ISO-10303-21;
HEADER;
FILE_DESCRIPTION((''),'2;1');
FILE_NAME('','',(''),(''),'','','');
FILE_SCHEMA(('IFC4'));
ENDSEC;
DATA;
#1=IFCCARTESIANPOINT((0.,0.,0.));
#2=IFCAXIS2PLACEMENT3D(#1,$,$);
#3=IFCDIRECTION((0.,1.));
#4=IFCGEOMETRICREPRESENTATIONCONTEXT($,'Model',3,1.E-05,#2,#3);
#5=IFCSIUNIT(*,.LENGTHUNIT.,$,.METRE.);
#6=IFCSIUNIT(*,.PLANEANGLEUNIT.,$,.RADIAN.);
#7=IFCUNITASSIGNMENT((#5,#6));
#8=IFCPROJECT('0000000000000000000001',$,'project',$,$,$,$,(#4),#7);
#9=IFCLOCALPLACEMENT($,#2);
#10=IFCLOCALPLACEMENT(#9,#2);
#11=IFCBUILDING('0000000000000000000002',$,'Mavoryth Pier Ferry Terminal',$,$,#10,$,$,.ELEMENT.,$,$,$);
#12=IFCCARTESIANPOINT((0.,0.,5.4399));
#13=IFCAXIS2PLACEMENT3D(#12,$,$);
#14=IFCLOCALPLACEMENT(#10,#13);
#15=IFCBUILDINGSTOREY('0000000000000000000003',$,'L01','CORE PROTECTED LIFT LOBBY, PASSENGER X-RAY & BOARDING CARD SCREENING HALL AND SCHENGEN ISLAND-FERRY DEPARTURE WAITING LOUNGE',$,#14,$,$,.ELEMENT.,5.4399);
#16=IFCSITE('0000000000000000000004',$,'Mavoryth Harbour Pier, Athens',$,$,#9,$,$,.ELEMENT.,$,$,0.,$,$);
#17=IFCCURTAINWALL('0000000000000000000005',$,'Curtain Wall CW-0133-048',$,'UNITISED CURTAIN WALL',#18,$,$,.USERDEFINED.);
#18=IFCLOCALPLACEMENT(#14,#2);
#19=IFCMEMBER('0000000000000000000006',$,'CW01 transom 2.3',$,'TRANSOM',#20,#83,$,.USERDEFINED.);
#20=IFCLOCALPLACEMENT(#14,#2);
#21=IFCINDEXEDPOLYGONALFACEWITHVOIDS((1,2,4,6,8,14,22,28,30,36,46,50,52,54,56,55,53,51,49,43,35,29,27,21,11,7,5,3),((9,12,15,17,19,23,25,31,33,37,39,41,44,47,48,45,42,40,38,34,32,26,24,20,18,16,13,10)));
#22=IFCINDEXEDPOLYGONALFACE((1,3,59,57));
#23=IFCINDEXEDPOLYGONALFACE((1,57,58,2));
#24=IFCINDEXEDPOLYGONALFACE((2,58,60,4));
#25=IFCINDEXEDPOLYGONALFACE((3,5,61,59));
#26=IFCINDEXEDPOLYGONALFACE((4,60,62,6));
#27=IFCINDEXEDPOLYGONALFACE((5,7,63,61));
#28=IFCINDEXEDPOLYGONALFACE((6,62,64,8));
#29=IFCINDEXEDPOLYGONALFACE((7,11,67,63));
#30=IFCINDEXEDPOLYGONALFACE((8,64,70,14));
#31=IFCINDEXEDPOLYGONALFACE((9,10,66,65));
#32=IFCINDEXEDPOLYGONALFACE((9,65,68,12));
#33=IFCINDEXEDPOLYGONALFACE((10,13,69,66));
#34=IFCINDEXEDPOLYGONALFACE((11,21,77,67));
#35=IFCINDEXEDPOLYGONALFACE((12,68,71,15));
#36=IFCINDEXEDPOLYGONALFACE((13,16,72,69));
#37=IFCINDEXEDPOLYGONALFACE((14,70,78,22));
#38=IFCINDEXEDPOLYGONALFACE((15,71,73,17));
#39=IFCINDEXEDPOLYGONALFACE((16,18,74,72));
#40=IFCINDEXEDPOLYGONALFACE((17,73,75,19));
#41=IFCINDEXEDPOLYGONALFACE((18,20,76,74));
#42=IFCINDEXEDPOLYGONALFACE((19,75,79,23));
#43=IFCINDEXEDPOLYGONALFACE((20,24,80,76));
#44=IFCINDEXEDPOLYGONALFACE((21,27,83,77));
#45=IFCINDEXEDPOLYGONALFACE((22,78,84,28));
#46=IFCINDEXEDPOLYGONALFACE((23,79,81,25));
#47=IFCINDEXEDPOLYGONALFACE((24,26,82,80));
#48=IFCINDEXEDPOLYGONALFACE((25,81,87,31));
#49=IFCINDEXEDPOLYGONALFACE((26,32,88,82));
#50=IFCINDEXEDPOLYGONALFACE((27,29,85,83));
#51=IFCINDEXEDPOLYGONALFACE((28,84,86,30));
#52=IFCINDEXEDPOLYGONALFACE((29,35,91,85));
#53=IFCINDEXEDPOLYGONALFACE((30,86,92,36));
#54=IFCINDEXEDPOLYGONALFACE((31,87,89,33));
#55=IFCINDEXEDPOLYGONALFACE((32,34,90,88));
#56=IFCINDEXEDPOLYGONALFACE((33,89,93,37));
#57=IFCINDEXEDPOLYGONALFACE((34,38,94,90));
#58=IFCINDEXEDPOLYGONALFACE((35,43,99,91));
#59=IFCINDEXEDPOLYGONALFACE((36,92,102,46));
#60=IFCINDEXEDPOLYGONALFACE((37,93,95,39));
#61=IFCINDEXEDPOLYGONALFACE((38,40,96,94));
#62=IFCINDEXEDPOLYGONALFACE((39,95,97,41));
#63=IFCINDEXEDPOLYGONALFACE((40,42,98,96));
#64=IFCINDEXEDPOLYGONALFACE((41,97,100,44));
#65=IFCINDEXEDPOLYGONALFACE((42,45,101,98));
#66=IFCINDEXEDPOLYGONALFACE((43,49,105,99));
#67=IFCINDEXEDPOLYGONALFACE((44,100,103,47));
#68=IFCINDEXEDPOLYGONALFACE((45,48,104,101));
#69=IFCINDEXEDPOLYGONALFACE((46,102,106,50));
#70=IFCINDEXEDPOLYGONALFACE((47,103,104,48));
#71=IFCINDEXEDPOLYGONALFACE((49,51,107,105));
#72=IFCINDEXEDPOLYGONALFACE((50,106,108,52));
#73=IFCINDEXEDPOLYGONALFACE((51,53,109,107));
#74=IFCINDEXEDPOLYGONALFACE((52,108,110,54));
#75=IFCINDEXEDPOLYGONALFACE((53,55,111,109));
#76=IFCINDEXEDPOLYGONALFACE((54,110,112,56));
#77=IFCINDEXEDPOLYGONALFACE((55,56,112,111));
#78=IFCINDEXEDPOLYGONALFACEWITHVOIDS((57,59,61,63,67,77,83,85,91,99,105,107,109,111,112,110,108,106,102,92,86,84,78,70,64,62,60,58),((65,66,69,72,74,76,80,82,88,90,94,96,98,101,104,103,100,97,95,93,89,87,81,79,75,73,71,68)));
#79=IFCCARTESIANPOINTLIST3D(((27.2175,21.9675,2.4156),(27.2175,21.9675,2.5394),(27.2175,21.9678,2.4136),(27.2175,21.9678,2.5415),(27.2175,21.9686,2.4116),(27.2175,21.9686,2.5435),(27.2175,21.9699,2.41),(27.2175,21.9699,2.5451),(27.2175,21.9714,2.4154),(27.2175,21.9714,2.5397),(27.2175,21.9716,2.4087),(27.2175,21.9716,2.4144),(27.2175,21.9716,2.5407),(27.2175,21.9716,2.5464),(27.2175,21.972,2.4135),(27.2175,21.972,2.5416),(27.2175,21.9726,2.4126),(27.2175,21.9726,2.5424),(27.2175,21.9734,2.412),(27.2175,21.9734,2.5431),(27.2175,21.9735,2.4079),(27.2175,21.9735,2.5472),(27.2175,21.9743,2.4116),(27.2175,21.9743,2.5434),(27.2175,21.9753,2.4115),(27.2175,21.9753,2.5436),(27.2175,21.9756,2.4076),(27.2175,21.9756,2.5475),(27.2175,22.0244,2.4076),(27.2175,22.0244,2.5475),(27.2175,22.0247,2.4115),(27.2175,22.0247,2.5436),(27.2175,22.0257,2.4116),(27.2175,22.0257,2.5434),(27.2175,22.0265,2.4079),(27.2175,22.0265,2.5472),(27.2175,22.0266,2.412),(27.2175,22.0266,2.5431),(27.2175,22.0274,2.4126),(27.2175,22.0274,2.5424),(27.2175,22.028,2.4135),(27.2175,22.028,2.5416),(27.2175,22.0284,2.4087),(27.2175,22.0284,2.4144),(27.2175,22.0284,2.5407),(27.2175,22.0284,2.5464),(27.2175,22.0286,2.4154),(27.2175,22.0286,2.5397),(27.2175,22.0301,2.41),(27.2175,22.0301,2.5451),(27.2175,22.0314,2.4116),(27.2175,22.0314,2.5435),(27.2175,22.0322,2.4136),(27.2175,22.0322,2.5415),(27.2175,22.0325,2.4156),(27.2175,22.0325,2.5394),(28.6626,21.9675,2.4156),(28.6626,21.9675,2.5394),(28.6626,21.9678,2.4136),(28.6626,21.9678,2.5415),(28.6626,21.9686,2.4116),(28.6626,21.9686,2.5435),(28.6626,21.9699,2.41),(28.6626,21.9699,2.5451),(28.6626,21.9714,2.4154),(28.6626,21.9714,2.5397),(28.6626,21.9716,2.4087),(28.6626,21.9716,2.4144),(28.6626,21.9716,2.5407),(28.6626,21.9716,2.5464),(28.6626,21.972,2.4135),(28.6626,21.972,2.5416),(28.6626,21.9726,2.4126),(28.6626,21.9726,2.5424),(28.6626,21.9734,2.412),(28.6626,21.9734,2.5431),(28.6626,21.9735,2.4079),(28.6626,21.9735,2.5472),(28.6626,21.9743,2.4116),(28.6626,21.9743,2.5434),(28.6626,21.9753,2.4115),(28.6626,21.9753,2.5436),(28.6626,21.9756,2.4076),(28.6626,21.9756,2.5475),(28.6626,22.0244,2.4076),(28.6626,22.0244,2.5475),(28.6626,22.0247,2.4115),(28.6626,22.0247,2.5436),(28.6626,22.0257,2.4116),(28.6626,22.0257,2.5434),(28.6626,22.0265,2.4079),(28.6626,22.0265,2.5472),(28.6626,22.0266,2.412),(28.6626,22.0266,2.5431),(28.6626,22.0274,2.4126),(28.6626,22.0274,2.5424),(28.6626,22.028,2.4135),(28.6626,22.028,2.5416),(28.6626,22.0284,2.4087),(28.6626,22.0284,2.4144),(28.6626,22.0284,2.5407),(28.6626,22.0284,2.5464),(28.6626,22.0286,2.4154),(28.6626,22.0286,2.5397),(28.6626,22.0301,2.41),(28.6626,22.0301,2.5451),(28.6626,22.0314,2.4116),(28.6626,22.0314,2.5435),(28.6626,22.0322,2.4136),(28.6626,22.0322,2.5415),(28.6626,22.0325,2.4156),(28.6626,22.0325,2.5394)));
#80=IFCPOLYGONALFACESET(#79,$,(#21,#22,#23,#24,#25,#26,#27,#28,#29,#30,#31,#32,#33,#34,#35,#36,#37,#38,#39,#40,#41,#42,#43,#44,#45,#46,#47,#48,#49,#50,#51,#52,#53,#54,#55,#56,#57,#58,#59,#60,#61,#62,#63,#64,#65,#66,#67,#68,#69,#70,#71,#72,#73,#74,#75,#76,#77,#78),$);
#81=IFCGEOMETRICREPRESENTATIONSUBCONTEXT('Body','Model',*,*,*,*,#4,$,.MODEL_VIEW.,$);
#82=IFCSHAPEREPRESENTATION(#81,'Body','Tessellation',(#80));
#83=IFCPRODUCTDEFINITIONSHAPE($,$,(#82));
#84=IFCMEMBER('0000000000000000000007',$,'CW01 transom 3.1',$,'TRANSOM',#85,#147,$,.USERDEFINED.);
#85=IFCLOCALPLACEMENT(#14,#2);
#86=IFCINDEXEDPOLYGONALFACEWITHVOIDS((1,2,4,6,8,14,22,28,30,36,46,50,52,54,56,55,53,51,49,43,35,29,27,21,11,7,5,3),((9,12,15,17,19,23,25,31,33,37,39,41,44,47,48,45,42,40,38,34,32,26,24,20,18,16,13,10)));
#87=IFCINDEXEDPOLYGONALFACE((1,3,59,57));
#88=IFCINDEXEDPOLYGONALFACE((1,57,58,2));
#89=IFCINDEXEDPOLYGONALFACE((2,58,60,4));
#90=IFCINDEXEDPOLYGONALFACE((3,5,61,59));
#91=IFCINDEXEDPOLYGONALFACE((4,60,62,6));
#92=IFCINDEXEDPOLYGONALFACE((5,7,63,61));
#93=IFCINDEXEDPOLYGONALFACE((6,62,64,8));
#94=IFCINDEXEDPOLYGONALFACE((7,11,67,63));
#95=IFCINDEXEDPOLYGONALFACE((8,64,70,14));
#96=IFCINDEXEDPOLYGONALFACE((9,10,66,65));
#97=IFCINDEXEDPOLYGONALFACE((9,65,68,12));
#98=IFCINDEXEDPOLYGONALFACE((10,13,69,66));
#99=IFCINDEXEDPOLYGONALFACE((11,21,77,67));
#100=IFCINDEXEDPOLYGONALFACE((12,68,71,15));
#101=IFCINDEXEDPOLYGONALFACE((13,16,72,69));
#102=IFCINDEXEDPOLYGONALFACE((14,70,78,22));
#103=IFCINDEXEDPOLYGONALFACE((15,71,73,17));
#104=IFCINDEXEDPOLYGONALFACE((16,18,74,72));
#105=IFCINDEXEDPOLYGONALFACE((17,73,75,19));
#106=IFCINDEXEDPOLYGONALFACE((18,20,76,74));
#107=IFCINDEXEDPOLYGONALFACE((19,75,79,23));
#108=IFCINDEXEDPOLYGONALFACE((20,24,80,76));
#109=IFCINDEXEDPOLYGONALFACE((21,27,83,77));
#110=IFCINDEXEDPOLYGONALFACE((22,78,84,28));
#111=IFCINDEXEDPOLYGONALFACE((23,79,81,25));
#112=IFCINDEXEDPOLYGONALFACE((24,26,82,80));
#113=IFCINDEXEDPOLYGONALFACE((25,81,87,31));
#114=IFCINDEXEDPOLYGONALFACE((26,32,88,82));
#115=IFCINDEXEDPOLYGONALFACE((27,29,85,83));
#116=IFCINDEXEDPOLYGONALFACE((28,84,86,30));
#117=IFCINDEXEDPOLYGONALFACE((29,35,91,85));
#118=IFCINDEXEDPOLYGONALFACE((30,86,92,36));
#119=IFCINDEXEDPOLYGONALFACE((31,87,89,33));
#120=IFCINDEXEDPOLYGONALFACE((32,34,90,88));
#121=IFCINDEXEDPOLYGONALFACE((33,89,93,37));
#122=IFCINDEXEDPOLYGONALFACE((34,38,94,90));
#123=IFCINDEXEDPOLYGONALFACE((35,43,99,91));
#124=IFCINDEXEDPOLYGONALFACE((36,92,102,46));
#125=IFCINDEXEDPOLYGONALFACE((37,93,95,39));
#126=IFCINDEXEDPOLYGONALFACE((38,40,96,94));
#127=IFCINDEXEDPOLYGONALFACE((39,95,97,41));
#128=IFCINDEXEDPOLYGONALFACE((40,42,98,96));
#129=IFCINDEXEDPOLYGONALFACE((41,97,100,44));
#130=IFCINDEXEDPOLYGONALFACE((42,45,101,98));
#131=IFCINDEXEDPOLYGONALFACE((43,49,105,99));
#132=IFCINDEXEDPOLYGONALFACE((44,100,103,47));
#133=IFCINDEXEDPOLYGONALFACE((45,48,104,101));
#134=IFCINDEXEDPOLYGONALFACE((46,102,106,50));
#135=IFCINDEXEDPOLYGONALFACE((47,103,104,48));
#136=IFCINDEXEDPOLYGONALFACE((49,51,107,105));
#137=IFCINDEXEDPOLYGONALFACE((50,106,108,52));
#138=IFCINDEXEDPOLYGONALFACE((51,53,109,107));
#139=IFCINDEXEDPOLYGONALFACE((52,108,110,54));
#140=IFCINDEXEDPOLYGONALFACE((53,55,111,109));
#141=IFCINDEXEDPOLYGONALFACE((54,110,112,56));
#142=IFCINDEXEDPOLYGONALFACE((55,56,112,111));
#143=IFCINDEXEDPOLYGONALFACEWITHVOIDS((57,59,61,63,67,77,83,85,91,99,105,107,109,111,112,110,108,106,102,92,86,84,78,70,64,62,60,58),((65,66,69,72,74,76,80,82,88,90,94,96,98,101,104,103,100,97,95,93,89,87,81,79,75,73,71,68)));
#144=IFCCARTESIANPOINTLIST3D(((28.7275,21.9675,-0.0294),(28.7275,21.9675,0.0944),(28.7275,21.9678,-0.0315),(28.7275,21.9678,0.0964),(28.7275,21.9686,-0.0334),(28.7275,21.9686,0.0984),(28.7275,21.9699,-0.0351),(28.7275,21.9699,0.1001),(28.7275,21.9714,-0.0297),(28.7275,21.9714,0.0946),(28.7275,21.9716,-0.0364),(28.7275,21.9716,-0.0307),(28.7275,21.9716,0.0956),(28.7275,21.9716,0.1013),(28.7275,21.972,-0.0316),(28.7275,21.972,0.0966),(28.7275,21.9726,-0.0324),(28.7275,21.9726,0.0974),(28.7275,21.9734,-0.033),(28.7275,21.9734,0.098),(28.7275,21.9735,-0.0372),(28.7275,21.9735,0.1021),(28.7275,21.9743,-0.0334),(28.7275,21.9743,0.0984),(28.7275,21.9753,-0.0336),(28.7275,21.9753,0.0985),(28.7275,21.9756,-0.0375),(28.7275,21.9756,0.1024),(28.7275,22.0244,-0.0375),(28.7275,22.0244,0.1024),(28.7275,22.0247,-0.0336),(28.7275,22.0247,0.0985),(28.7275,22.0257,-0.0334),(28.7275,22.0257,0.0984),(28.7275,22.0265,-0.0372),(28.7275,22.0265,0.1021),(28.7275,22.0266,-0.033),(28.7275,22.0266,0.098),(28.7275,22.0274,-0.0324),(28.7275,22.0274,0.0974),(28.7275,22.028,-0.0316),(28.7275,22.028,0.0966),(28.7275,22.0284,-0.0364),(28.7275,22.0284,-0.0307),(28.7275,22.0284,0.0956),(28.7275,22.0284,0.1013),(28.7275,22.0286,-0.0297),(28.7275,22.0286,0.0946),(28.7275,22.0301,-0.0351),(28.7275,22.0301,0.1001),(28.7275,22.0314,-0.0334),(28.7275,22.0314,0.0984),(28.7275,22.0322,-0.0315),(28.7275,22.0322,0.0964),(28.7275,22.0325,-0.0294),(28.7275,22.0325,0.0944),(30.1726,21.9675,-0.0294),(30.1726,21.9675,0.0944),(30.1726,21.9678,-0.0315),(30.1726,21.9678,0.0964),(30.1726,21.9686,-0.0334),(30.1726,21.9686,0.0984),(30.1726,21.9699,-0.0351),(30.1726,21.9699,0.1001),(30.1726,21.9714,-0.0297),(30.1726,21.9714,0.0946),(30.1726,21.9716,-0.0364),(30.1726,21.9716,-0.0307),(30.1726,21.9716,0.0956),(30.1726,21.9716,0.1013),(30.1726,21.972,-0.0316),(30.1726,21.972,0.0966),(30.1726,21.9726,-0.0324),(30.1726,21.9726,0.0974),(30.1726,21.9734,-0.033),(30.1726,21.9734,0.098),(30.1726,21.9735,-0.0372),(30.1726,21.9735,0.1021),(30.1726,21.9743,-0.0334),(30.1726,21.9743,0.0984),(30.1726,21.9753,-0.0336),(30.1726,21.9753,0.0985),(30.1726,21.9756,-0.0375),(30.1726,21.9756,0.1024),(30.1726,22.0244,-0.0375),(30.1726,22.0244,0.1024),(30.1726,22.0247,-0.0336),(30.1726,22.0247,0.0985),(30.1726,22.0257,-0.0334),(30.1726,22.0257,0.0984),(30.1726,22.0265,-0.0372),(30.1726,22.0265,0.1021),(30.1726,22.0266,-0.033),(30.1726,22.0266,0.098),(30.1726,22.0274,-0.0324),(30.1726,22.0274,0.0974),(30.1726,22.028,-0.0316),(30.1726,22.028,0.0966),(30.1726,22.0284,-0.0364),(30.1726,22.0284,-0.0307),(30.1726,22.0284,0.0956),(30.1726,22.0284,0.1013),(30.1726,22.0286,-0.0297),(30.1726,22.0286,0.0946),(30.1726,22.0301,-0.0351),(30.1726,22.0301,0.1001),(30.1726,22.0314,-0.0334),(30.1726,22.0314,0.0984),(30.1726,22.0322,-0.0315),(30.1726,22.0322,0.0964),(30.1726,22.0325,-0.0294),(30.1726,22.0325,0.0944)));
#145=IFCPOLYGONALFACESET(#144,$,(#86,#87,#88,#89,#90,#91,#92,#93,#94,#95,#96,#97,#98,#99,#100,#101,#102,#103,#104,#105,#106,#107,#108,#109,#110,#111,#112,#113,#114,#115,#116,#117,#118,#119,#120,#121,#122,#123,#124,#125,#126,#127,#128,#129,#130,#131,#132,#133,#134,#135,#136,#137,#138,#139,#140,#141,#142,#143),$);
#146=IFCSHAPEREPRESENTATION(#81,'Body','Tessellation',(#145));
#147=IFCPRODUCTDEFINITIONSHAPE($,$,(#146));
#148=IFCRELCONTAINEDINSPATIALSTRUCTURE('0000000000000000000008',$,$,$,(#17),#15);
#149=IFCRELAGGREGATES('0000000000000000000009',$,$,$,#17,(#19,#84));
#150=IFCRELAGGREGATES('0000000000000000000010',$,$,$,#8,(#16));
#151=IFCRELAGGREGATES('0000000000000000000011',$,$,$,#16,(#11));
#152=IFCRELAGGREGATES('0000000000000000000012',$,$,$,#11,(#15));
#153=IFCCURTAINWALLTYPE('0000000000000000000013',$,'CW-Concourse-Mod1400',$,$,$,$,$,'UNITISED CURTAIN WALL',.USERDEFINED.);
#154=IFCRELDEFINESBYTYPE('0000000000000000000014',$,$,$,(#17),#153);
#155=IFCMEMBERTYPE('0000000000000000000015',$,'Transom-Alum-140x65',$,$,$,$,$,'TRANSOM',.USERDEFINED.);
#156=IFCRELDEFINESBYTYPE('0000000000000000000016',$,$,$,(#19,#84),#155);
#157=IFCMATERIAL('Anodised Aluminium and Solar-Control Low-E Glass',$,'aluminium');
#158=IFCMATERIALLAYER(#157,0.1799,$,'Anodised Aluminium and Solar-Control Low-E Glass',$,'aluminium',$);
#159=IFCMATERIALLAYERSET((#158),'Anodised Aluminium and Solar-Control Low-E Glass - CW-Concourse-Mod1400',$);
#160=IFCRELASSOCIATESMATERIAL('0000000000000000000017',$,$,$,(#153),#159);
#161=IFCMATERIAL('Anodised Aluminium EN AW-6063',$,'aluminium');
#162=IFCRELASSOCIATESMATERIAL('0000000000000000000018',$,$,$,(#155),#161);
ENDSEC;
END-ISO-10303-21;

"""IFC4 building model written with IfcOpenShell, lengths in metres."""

from ifc_helpers import new_model, si_unit, direction, frame, origin, origin_2d, place, context, subcontext, project, spatial, hollow_rectangle, extrude, material, layer, layer_set, material_profile, profile_set, type_object, element, aggregate, save


model = new_model("IFC4")

# Units and contexts
model_context = context("Model", 3, precision=1e-05, world=origin(), true_north=direction((0.0, 1.0)))
body_context = subcontext(model_context, "Body", "Model", "MODEL_VIEW")
ifc_project = project(units=[si_unit("LENGTHUNIT", "METRE"), si_unit("PLANEANGLEUNIT", "RADIAN")], contexts=[model_context])

# Site, building, storey
site_placement = place(None, origin())
site = spatial("IfcSite", under=ifc_project, at=site_placement, Name="Mavoryth Harbour Pier, Athens", CompositionType="ELEMENT", RefElevation=0.0)
building_placement = place(site_placement, origin())
building = spatial("IfcBuilding", under=site, at=building_placement, Name="Mavoryth Pier Ferry Terminal", CompositionType="ELEMENT")
storey_placement = place(building_placement, frame((0.0, 0.0, 5.4399)))
storey = spatial("IfcBuildingStorey", under=building, at=storey_placement, Name="L01", Description="CORE PROTECTED LIFT LOBBY, PASSENGER X-RAY & BOARDING CARD SCREENING HALL AND SCHENGEN ISLAND-FERRY DEPARTURE WAITING LOUNGE", CompositionType="ELEMENT", Elevation=5.4399)

# Shared definitions
ifc_material_1 = material(Name="Anodised Aluminium and Solar-Control Low-E Glass", Category="aluminium")
ifc_layer_1 = layer(ifc_material_1, 0.1799, Name="Anodised Aluminium and Solar-Control Low-E Glass", Category="aluminium")
ifc_layer_set_1 = layer_set([ifc_layer_1], Name="Anodised Aluminium and Solar-Control Low-E Glass - CW-Concourse-Mod1400")
curtain_wall_type = type_object("IfcCurtainWallType", Name="CW-Concourse-Mod1400", ElementType="UNITISED CURTAIN WALL", PredefinedType="USERDEFINED", material=ifc_layer_set_1)
ifc_material_2 = material(Name="Anodised Aluminium EN AW-6063", Category="aluminium")

# Curtain wall, members
curtain_wall_1_placement = place(storey_placement, origin())
curtain_wall_1 = element("IfcCurtainWall", 1, at=curtain_wall_1_placement, inside=storey, type_object=curtain_wall_type, Name="Curtain Wall CW-0133-048", ObjectType="UNITISED CURTAIN WALL", PredefinedType="USERDEFINED")
ifc_material_profile_1 = material_profile(ifc_material_2, hollow_rectangle(XDim=0.0649, YDim=0.1399, WallThickness=0.0039, InnerFilletRadius=0.0039, OuterFilletRadius=0.0081, at=origin_2d()), Name="AL-TRAN 140x65x4", Category="aluminium")
ifc_profile_set_1 = profile_set([ifc_material_profile_1], Name="Anodised Aluminium EN AW-6063 - AL-TRAN 140x65x4")
member_type_1 = type_object("IfcMemberType", Name="Transom-Alum-140x65", ElementType="TRANSOM", PredefinedType="USERDEFINED", material=ifc_profile_set_1)
member_1_placement = place(storey_placement, frame((27.2175, 22.0, 2.4775), z_axis=(1.0, 0.0, 0.0), x_axis=(0.0, 1.0, 0.0)))
member_1 = element("IfcMember", 2, at=member_1_placement, type_object=member_type_1, Name="CW01 transom 2.3", ObjectType="TRANSOM", PredefinedType="USERDEFINED", context=body_context, shape_type="SweptSolid", body=[
    extrude(hollow_rectangle(XDim=0.0649, YDim=0.1399, WallThickness=0.0039, InnerFilletRadius=0.0039, OuterFilletRadius=0.0081, at=origin_2d()), origin(), (0.0, 0.0, 1.0), 1.4451),
])
member_2_placement = place(storey_placement, frame((28.7275, 22.0, 0.0325), z_axis=(1.0, 0.0, 0.0), x_axis=(0.0, 1.0, 0.0)))
member_2 = element("IfcMember", 3, at=member_2_placement, type_object=member_type_1, Name="CW01 transom 3.1", ObjectType="TRANSOM", PredefinedType="USERDEFINED", context=body_context, shape_type="SweptSolid", body=[
    extrude(hollow_rectangle(XDim=0.0649, YDim=0.1399, WallThickness=0.0039, InnerFilletRadius=0.0039, OuterFilletRadius=0.0081, at=origin_2d()), origin(), (0.0, 0.0, 1.0), 1.4451),
])

aggregate(curtain_wall_1, [member_1, member_2])

save(model, "model.ifc")
